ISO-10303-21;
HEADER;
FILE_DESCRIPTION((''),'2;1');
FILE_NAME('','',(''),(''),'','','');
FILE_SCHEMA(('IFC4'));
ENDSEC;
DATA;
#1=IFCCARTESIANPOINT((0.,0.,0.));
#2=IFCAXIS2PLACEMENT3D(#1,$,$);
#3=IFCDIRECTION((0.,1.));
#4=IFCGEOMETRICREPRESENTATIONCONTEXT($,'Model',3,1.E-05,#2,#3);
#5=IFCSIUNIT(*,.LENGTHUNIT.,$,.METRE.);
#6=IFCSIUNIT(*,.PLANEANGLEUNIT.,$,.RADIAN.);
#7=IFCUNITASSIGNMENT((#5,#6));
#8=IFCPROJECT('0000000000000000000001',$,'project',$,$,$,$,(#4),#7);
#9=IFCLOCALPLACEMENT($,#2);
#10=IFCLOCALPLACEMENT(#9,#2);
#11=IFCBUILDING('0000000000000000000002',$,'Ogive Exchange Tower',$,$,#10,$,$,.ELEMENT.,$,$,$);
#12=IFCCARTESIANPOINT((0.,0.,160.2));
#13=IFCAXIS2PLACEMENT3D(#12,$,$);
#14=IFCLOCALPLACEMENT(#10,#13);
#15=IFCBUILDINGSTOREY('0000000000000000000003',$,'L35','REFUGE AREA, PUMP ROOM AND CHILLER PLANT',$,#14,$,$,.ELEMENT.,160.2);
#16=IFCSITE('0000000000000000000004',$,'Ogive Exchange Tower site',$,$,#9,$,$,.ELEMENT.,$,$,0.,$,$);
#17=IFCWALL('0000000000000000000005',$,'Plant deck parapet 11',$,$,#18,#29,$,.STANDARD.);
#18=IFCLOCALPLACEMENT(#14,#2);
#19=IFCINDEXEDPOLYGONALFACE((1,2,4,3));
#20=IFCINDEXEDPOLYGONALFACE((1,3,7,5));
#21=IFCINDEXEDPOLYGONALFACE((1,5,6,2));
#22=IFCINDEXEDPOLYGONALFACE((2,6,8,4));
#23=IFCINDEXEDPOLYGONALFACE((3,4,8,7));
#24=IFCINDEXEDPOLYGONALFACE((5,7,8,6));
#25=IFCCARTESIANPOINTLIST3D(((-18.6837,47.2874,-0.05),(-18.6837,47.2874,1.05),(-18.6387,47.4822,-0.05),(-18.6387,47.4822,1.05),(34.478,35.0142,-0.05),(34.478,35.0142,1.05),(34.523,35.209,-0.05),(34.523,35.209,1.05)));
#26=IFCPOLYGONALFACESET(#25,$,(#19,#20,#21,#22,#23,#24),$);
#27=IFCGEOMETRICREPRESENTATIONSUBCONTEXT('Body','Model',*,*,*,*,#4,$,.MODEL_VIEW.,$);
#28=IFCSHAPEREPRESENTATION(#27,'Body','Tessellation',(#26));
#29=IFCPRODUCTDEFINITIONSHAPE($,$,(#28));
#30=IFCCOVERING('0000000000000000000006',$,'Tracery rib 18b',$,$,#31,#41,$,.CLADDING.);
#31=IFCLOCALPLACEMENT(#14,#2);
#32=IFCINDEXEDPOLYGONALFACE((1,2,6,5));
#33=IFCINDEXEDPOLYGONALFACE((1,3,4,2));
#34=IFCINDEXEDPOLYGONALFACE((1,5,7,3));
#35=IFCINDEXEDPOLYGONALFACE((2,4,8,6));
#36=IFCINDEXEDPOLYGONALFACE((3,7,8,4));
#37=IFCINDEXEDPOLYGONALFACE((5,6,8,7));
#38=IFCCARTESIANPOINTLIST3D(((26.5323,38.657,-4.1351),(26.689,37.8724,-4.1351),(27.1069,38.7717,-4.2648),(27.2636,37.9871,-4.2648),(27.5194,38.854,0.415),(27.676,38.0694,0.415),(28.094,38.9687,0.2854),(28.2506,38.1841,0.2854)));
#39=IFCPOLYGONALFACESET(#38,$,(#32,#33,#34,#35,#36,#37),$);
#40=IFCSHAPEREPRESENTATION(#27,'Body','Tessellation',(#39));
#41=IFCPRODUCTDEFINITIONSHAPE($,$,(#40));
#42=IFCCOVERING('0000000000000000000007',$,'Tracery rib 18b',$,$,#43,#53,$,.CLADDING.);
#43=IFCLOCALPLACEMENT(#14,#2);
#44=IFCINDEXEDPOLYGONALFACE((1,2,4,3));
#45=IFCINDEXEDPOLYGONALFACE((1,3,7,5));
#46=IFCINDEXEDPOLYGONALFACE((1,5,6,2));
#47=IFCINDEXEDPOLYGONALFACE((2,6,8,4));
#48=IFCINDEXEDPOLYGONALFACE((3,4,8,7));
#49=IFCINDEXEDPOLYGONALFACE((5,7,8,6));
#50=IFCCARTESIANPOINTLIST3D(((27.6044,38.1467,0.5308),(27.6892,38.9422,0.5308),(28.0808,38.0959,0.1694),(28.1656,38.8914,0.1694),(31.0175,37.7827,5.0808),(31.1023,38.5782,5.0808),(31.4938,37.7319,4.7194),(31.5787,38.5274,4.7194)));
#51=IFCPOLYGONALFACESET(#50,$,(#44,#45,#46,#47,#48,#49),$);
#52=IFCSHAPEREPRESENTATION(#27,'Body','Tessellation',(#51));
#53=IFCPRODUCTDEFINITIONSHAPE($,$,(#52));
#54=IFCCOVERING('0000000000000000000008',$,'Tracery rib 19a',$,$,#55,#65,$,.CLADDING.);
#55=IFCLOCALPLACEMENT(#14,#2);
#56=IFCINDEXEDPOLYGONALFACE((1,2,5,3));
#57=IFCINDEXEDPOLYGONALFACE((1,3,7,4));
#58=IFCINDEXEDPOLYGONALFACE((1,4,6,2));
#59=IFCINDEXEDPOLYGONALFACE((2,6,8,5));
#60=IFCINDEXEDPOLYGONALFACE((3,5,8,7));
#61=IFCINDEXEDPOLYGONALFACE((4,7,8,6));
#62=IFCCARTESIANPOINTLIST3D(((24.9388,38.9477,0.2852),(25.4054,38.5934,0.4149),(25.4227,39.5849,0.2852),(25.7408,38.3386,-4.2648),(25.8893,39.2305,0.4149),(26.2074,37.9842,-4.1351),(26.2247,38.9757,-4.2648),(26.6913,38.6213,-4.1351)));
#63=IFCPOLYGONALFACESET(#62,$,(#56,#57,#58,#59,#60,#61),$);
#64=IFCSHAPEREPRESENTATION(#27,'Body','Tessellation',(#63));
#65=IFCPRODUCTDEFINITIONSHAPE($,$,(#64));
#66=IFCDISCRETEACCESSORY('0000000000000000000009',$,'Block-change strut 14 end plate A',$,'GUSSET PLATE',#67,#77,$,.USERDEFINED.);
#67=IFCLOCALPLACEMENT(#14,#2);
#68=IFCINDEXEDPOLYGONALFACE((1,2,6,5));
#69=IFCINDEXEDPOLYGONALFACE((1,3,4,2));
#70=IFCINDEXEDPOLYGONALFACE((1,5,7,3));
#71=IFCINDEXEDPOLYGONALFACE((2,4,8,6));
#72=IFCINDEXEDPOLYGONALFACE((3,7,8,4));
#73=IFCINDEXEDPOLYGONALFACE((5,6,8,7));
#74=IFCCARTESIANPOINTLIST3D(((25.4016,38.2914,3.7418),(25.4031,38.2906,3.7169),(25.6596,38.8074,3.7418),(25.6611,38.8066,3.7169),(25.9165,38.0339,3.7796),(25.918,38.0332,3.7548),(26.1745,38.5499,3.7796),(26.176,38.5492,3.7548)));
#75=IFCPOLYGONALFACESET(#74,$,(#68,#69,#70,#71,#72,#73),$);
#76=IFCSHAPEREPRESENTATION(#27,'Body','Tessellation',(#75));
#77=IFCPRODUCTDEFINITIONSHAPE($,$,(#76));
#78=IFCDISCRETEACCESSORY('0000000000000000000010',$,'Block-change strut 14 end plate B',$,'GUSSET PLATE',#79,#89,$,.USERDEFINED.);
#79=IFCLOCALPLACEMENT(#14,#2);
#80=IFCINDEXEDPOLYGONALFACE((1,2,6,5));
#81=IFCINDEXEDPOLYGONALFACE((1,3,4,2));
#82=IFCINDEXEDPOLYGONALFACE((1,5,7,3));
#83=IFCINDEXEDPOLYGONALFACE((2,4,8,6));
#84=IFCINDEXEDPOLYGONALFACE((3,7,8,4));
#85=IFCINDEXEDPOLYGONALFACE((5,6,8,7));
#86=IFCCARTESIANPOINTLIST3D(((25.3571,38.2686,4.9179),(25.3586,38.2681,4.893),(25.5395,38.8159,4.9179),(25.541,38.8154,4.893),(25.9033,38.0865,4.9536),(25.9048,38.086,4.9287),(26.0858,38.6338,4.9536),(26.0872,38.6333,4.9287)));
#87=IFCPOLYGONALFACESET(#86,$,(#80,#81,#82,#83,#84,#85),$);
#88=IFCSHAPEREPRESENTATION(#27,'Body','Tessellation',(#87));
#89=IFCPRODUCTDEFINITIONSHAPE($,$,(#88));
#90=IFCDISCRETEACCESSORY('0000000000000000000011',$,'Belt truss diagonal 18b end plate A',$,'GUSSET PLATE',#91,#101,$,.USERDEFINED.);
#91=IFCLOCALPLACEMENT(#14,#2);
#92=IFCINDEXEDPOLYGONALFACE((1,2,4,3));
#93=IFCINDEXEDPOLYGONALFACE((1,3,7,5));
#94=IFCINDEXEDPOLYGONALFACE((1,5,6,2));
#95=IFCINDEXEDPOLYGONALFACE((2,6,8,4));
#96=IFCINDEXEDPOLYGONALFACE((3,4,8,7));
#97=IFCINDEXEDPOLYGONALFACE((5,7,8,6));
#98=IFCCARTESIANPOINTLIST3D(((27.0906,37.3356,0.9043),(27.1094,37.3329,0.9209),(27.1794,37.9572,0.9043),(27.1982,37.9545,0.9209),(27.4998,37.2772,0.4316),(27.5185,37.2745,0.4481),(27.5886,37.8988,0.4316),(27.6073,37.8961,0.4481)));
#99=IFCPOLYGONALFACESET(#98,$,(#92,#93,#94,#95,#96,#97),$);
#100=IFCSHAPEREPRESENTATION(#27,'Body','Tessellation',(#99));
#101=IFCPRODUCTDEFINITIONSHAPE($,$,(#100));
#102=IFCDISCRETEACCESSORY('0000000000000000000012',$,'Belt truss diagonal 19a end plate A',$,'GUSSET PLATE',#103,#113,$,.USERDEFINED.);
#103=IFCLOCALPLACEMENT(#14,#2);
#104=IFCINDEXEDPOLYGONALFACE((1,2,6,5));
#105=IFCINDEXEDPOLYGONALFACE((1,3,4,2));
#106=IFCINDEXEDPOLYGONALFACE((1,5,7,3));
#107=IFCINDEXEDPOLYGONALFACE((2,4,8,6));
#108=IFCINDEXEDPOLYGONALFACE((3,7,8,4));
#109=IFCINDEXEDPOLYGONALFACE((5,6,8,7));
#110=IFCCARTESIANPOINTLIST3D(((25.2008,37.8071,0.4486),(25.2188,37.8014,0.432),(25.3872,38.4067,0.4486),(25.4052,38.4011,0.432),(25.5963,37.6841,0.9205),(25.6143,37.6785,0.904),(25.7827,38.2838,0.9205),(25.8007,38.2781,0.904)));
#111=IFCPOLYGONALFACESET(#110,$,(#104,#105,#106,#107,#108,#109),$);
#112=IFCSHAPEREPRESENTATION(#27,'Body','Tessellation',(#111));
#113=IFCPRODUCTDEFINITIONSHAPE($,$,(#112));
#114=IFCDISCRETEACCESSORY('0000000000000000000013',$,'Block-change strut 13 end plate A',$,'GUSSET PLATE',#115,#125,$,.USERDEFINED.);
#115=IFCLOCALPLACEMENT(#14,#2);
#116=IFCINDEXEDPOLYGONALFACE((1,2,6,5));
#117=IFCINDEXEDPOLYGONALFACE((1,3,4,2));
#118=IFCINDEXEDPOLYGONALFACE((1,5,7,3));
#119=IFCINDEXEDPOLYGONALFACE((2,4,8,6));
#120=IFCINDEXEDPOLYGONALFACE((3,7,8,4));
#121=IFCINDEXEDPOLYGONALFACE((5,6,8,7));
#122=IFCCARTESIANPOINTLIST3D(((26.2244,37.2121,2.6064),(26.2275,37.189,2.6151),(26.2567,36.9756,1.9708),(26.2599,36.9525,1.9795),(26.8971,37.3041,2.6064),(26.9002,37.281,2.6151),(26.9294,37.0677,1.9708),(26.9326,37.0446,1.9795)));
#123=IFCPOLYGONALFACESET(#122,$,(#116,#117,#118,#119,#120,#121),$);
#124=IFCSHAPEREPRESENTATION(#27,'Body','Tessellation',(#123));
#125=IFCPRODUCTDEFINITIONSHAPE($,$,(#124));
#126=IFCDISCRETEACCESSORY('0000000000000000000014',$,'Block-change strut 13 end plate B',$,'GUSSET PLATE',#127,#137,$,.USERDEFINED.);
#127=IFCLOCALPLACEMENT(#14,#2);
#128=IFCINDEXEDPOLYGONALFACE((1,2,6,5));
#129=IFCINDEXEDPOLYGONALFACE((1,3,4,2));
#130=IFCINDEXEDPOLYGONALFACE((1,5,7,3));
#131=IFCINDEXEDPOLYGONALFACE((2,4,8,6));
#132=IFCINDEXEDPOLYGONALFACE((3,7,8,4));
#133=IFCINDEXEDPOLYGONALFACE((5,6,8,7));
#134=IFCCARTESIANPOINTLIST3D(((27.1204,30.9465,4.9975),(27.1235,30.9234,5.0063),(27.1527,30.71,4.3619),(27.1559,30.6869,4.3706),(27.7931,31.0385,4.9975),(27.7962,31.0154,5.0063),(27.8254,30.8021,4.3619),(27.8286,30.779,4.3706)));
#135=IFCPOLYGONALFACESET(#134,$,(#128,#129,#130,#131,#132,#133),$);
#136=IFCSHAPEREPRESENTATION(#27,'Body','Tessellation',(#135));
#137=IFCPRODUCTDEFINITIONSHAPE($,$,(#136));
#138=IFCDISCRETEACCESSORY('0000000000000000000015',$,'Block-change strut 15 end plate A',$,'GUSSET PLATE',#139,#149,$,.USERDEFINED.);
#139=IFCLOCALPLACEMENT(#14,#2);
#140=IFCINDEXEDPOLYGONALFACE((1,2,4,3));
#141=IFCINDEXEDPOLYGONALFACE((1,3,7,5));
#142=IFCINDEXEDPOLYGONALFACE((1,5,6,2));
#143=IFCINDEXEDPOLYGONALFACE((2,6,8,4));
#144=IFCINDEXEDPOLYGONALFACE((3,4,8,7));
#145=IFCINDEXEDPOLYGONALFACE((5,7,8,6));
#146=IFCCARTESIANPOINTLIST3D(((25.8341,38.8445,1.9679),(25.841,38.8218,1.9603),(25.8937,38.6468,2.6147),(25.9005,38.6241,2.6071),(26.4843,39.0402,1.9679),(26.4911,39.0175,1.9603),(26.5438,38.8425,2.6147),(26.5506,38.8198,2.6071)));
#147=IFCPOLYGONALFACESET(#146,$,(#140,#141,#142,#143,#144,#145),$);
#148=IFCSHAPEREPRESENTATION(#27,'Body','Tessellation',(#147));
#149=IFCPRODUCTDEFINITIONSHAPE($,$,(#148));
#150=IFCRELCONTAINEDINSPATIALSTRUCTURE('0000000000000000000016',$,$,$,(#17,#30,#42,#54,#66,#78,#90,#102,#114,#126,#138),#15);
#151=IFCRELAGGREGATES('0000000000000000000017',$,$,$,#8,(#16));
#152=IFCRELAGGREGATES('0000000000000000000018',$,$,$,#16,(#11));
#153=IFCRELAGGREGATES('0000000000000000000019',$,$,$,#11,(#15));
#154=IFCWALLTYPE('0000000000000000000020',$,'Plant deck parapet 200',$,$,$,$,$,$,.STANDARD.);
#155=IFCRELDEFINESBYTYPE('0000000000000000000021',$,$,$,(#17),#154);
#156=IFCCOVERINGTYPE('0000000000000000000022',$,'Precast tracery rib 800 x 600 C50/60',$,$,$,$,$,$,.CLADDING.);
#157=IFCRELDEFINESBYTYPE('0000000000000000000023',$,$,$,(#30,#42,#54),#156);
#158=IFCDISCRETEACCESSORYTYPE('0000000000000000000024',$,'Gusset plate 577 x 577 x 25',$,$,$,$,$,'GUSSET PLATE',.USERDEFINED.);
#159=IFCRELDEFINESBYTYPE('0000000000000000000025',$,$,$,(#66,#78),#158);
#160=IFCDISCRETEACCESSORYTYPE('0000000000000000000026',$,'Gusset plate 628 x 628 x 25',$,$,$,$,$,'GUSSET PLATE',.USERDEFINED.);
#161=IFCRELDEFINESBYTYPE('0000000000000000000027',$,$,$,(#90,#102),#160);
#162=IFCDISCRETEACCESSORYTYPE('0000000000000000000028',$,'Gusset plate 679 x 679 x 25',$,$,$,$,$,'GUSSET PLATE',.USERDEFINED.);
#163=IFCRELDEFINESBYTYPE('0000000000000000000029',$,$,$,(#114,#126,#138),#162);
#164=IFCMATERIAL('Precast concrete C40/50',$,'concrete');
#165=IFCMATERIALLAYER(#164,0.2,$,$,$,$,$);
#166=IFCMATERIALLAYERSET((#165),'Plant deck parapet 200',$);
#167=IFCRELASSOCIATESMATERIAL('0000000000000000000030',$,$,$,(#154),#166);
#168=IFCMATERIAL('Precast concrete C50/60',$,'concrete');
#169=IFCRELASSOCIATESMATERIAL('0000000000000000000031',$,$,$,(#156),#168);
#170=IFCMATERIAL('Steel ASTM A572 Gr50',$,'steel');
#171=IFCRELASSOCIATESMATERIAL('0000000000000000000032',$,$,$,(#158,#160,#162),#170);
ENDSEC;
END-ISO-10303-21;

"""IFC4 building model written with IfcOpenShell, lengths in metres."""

from ifc_helpers import new_model, si_unit, direction, frame, frame_2d, origin, origin_2d, place, context, subcontext, project, spatial, rectangle, extrude, material, layer, layer_set, material_profile, profile_set, type_object, element, save


model = new_model("IFC4")

# Units and contexts
model_context = context("Model", 3, precision=1e-05, world=origin(), true_north=direction((0.0, 1.0)))
body_context = subcontext(model_context, "Body", "Model", "MODEL_VIEW")
ifc_project = project(units=[si_unit("LENGTHUNIT", "METRE"), si_unit("PLANEANGLEUNIT", "RADIAN")], contexts=[model_context])

# Site, building, storey
site_placement = place(None, origin())
site = spatial("IfcSite", under=ifc_project, at=site_placement, Name="Ogive Exchange Tower site", CompositionType="ELEMENT", RefElevation=0.0)
building_placement = place(site_placement, origin())
building = spatial("IfcBuilding", under=site, at=building_placement, Name="Ogive Exchange Tower", CompositionType="ELEMENT")
storey_placement = place(building_placement, frame((0.0, 0.0, 160.2)))
storey = spatial("IfcBuildingStorey", under=building, at=storey_placement, Name="L35", Description="REFUGE AREA, PUMP ROOM AND CHILLER PLANT", CompositionType="ELEMENT", Elevation=160.2)

# Shared definitions
ifc_material_1 = material(Name="Precast concrete C40/50", Category="concrete")

# Wall
ifc_layer_1 = layer(ifc_material_1, 0.2)
ifc_layer_set_1 = layer_set([ifc_layer_1], Name="Plant deck parapet 200")
wall_type_1 = type_object("IfcWallType", Name="Plant deck parapet 200", PredefinedType="STANDARD", material=ifc_layer_set_1)
wall_1_placement = place(storey_placement, frame((34.5005, 35.1116, -0.05), z_axis=(0.0, 0.0, 1.0), x_axis=(-0.974371, 0.224949, 0.0)))
element("IfcWall", 1, at=wall_1_placement, inside=storey, type_object=wall_type_1, Name="Plant deck parapet 11", PredefinedType="STANDARD", context=body_context, shape_type="SweptSolid", body=[
    extrude(rectangle(XDim=54.5601, YDim=0.2, at=frame_2d((27.28, 0.0))), origin(), (0.0, 0.0, 1.0), 1.1001),
])

# Coverings
ifc_material_2 = material(Name="Precast concrete C50/60", Category="concrete")
ifc_material_profile_1 = material_profile(ifc_material_2, rectangle(XDim=0.8, YDim=0.6001, at=origin_2d()), Name="RIB 800 x 600")
ifc_profile_set_1 = profile_set([ifc_material_profile_1], Name="Precast concrete C50/60")
covering_type = type_object("IfcCoveringType", Name="Precast tracery rib 800 x 600 C50/60", PredefinedType="CLADDING", material=ifc_profile_set_1)
covering_1_placement = place(storey_placement, frame((26.8979, 38.322, -4.2), z_axis=(0.211813, 0.042279, 0.976395), x_axis=(-0.195743, 0.980655, 0.0)))
element("IfcCovering", 2, at=covering_1_placement, inside=storey, type_object=covering_type, Name="Tracery rib 18b", PredefinedType="CLADDING", context=body_context, shape_type="SweptSolid", body=[
    extrude(rectangle(XDim=0.8, YDim=0.6001, at=origin_2d()), origin(), (0.0, 0.0, 1.0), 4.6602),
])
covering_2_placement = place(storey_placement, frame((27.885, 38.519, 0.3501), z_axis=(0.598837, -0.063867, 0.79832), x_axis=(0.106051, 0.994361, 0.0)))
element("IfcCovering", 3, at=covering_2_placement, inside=storey, type_object=covering_type, Name="Tracery rib 18b", PredefinedType="CLADDING", context=body_context, shape_type="SweptSolid", body=[
    extrude(rectangle(XDim=0.8, YDim=0.6001, at=origin_2d()), origin(), (0.0, 0.0, 1.0), 5.6995),
])
covering_3_placement = place(storey_placement, frame((26.2161, 38.48, -4.2), z_axis=(-0.172097, 0.13071, 0.97637), x_axis=(-0.604837, -0.796349, 0.0)))
element("IfcCovering", 4, at=covering_3_placement, inside=storey, type_object=covering_type, Name="Tracery rib 19a", PredefinedType="CLADDING", context=body_context, shape_type="SweptSolid", body=[
    extrude(rectangle(XDim=0.8, YDim=0.6001, at=origin_2d()), origin(), (0.0, 0.0, 1.0), 4.6602),
])

# Discrete accessories
ifc_material_3 = material(Name="Steel ASTM A572 Gr50", Category="steel")
ifc_material_profile_2 = material_profile(ifc_material_3, rectangle(XDim=0.5769, YDim=0.5769, at=origin_2d()), Name="PL 577 x 577 x 25")
ifc_profile_set_2 = profile_set([ifc_material_profile_2], Name="Steel ASTM A572 Gr50")
discrete_accessory_type_1 = type_object("IfcDiscreteAccessoryType", Name="Gusset plate 577 x 577 x 25", ElementType="GUSSET PLATE", PredefinedType="USERDEFINED", material=ifc_profile_set_2)
for number, where, z_axis, x_axis, name in (
    (5, (25.7896, 38.4199, 3.7358), (-0.058697, 0.029348, 0.997844), (-0.447214, -0.894427, 0.0), "Block-change strut 14 end plate A"),
    (6, (25.7229, 38.4507, 4.9109), (-0.058711, 0.01957, 0.998083), (-0.316228, -0.948683, 0.0), "Block-change strut 14 end plate B"),
):
    element("IfcDiscreteAccessory", number, at=place(storey_placement, frame(where, z_axis=z_axis, x_axis=x_axis)), inside=storey, type_object=discrete_accessory_type_1, Name=name, ObjectType="GUSSET PLATE", PredefinedType="USERDEFINED", context=body_context, shape_type="SweptSolid", body=[
        extrude(rectangle(XDim=0.5769, YDim=0.5769, at=origin_2d()), origin(), (0.0, 0.0, 1.0), 0.0249),
    ])
ifc_material_profile_3 = material_profile(ifc_material_3, rectangle(XDim=0.6279, YDim=0.6279, at=origin_2d()), Name="PL 628 x 628 x 25")
ifc_profile_set_3 = profile_set([ifc_material_profile_3], Name="Steel ASTM A572 Gr50")
discrete_accessory_type_2 = type_object("IfcDiscreteAccessoryType", Name="Gusset plate 628 x 628 x 25", ElementType="GUSSET PLATE", PredefinedType="USERDEFINED", material=ifc_profile_set_3)
for number, where, z_axis, x_axis, name in (
    (7, (27.3396, 37.6172, 0.668), (0.745293, -0.10647, 0.658181), (0.141421, 0.989949, 0.0), "Belt truss diagonal 18b end plate A"),
    (8, (25.5098, 38.0398, 0.668), (-0.71777, 0.223091, 0.659573), (-0.296805, -0.954938, 0.0), "Belt truss diagonal 19a end plate A"),
):
    element("IfcDiscreteAccessory", number, at=place(storey_placement, frame(where, z_axis=z_axis, x_axis=x_axis)), inside=storey, type_object=discrete_accessory_type_2, Name=name, ObjectType="GUSSET PLATE", PredefinedType="USERDEFINED", context=body_context, shape_type="SweptSolid", body=[
        extrude(rectangle(XDim=0.6279, YDim=0.6279, at=origin_2d()), origin(), (0.0, 0.0, 1.0), 0.0251),
    ])
ifc_material_profile_4 = material_profile(ifc_material_3, rectangle(XDim=0.679, YDim=0.679, at=origin_2d()), Name="PL 679 x 679 x 25")
ifc_profile_set_4 = profile_set([ifc_material_profile_4], Name="Steel ASTM A572 Gr50")
discrete_accessory_type_3 = type_object("IfcDiscreteAccessoryType", Name="Gusset plate 679 x 679 x 25", ElementType="GUSSET PLATE", PredefinedType="USERDEFINED", material=ifc_profile_set_4)
for number, where, z_axis, x_axis, name in (
    (9, (26.5769, 37.1399, 2.2886), (0.126927, -0.927547, 0.351491), (0.990767, 0.135579, 0.0), "Block-change strut 13 end plate A"),
    (10, (27.4729, 30.8743, 4.6797), (0.126927, -0.927547, 0.351491), (0.990767, 0.135579, 0.0), "Block-change strut 13 end plate B"),
    (11, (26.1958, 38.8208, 2.2837), (-0.274642, 0.912203, 0.304068), (-0.957542, -0.288292, 0.0), "Block-change strut 15 end plate A"),
):
    element("IfcDiscreteAccessory", number, at=place(storey_placement, frame(where, z_axis=z_axis, x_axis=x_axis)), inside=storey, type_object=discrete_accessory_type_3, Name=name, ObjectType="GUSSET PLATE", PredefinedType="USERDEFINED", context=body_context, shape_type="SweptSolid", body=[
        extrude(rectangle(XDim=0.679, YDim=0.679, at=origin_2d()), origin(), (0.0, 0.0, 1.0), 0.0249),
    ])

save(model, "model.ifc")
